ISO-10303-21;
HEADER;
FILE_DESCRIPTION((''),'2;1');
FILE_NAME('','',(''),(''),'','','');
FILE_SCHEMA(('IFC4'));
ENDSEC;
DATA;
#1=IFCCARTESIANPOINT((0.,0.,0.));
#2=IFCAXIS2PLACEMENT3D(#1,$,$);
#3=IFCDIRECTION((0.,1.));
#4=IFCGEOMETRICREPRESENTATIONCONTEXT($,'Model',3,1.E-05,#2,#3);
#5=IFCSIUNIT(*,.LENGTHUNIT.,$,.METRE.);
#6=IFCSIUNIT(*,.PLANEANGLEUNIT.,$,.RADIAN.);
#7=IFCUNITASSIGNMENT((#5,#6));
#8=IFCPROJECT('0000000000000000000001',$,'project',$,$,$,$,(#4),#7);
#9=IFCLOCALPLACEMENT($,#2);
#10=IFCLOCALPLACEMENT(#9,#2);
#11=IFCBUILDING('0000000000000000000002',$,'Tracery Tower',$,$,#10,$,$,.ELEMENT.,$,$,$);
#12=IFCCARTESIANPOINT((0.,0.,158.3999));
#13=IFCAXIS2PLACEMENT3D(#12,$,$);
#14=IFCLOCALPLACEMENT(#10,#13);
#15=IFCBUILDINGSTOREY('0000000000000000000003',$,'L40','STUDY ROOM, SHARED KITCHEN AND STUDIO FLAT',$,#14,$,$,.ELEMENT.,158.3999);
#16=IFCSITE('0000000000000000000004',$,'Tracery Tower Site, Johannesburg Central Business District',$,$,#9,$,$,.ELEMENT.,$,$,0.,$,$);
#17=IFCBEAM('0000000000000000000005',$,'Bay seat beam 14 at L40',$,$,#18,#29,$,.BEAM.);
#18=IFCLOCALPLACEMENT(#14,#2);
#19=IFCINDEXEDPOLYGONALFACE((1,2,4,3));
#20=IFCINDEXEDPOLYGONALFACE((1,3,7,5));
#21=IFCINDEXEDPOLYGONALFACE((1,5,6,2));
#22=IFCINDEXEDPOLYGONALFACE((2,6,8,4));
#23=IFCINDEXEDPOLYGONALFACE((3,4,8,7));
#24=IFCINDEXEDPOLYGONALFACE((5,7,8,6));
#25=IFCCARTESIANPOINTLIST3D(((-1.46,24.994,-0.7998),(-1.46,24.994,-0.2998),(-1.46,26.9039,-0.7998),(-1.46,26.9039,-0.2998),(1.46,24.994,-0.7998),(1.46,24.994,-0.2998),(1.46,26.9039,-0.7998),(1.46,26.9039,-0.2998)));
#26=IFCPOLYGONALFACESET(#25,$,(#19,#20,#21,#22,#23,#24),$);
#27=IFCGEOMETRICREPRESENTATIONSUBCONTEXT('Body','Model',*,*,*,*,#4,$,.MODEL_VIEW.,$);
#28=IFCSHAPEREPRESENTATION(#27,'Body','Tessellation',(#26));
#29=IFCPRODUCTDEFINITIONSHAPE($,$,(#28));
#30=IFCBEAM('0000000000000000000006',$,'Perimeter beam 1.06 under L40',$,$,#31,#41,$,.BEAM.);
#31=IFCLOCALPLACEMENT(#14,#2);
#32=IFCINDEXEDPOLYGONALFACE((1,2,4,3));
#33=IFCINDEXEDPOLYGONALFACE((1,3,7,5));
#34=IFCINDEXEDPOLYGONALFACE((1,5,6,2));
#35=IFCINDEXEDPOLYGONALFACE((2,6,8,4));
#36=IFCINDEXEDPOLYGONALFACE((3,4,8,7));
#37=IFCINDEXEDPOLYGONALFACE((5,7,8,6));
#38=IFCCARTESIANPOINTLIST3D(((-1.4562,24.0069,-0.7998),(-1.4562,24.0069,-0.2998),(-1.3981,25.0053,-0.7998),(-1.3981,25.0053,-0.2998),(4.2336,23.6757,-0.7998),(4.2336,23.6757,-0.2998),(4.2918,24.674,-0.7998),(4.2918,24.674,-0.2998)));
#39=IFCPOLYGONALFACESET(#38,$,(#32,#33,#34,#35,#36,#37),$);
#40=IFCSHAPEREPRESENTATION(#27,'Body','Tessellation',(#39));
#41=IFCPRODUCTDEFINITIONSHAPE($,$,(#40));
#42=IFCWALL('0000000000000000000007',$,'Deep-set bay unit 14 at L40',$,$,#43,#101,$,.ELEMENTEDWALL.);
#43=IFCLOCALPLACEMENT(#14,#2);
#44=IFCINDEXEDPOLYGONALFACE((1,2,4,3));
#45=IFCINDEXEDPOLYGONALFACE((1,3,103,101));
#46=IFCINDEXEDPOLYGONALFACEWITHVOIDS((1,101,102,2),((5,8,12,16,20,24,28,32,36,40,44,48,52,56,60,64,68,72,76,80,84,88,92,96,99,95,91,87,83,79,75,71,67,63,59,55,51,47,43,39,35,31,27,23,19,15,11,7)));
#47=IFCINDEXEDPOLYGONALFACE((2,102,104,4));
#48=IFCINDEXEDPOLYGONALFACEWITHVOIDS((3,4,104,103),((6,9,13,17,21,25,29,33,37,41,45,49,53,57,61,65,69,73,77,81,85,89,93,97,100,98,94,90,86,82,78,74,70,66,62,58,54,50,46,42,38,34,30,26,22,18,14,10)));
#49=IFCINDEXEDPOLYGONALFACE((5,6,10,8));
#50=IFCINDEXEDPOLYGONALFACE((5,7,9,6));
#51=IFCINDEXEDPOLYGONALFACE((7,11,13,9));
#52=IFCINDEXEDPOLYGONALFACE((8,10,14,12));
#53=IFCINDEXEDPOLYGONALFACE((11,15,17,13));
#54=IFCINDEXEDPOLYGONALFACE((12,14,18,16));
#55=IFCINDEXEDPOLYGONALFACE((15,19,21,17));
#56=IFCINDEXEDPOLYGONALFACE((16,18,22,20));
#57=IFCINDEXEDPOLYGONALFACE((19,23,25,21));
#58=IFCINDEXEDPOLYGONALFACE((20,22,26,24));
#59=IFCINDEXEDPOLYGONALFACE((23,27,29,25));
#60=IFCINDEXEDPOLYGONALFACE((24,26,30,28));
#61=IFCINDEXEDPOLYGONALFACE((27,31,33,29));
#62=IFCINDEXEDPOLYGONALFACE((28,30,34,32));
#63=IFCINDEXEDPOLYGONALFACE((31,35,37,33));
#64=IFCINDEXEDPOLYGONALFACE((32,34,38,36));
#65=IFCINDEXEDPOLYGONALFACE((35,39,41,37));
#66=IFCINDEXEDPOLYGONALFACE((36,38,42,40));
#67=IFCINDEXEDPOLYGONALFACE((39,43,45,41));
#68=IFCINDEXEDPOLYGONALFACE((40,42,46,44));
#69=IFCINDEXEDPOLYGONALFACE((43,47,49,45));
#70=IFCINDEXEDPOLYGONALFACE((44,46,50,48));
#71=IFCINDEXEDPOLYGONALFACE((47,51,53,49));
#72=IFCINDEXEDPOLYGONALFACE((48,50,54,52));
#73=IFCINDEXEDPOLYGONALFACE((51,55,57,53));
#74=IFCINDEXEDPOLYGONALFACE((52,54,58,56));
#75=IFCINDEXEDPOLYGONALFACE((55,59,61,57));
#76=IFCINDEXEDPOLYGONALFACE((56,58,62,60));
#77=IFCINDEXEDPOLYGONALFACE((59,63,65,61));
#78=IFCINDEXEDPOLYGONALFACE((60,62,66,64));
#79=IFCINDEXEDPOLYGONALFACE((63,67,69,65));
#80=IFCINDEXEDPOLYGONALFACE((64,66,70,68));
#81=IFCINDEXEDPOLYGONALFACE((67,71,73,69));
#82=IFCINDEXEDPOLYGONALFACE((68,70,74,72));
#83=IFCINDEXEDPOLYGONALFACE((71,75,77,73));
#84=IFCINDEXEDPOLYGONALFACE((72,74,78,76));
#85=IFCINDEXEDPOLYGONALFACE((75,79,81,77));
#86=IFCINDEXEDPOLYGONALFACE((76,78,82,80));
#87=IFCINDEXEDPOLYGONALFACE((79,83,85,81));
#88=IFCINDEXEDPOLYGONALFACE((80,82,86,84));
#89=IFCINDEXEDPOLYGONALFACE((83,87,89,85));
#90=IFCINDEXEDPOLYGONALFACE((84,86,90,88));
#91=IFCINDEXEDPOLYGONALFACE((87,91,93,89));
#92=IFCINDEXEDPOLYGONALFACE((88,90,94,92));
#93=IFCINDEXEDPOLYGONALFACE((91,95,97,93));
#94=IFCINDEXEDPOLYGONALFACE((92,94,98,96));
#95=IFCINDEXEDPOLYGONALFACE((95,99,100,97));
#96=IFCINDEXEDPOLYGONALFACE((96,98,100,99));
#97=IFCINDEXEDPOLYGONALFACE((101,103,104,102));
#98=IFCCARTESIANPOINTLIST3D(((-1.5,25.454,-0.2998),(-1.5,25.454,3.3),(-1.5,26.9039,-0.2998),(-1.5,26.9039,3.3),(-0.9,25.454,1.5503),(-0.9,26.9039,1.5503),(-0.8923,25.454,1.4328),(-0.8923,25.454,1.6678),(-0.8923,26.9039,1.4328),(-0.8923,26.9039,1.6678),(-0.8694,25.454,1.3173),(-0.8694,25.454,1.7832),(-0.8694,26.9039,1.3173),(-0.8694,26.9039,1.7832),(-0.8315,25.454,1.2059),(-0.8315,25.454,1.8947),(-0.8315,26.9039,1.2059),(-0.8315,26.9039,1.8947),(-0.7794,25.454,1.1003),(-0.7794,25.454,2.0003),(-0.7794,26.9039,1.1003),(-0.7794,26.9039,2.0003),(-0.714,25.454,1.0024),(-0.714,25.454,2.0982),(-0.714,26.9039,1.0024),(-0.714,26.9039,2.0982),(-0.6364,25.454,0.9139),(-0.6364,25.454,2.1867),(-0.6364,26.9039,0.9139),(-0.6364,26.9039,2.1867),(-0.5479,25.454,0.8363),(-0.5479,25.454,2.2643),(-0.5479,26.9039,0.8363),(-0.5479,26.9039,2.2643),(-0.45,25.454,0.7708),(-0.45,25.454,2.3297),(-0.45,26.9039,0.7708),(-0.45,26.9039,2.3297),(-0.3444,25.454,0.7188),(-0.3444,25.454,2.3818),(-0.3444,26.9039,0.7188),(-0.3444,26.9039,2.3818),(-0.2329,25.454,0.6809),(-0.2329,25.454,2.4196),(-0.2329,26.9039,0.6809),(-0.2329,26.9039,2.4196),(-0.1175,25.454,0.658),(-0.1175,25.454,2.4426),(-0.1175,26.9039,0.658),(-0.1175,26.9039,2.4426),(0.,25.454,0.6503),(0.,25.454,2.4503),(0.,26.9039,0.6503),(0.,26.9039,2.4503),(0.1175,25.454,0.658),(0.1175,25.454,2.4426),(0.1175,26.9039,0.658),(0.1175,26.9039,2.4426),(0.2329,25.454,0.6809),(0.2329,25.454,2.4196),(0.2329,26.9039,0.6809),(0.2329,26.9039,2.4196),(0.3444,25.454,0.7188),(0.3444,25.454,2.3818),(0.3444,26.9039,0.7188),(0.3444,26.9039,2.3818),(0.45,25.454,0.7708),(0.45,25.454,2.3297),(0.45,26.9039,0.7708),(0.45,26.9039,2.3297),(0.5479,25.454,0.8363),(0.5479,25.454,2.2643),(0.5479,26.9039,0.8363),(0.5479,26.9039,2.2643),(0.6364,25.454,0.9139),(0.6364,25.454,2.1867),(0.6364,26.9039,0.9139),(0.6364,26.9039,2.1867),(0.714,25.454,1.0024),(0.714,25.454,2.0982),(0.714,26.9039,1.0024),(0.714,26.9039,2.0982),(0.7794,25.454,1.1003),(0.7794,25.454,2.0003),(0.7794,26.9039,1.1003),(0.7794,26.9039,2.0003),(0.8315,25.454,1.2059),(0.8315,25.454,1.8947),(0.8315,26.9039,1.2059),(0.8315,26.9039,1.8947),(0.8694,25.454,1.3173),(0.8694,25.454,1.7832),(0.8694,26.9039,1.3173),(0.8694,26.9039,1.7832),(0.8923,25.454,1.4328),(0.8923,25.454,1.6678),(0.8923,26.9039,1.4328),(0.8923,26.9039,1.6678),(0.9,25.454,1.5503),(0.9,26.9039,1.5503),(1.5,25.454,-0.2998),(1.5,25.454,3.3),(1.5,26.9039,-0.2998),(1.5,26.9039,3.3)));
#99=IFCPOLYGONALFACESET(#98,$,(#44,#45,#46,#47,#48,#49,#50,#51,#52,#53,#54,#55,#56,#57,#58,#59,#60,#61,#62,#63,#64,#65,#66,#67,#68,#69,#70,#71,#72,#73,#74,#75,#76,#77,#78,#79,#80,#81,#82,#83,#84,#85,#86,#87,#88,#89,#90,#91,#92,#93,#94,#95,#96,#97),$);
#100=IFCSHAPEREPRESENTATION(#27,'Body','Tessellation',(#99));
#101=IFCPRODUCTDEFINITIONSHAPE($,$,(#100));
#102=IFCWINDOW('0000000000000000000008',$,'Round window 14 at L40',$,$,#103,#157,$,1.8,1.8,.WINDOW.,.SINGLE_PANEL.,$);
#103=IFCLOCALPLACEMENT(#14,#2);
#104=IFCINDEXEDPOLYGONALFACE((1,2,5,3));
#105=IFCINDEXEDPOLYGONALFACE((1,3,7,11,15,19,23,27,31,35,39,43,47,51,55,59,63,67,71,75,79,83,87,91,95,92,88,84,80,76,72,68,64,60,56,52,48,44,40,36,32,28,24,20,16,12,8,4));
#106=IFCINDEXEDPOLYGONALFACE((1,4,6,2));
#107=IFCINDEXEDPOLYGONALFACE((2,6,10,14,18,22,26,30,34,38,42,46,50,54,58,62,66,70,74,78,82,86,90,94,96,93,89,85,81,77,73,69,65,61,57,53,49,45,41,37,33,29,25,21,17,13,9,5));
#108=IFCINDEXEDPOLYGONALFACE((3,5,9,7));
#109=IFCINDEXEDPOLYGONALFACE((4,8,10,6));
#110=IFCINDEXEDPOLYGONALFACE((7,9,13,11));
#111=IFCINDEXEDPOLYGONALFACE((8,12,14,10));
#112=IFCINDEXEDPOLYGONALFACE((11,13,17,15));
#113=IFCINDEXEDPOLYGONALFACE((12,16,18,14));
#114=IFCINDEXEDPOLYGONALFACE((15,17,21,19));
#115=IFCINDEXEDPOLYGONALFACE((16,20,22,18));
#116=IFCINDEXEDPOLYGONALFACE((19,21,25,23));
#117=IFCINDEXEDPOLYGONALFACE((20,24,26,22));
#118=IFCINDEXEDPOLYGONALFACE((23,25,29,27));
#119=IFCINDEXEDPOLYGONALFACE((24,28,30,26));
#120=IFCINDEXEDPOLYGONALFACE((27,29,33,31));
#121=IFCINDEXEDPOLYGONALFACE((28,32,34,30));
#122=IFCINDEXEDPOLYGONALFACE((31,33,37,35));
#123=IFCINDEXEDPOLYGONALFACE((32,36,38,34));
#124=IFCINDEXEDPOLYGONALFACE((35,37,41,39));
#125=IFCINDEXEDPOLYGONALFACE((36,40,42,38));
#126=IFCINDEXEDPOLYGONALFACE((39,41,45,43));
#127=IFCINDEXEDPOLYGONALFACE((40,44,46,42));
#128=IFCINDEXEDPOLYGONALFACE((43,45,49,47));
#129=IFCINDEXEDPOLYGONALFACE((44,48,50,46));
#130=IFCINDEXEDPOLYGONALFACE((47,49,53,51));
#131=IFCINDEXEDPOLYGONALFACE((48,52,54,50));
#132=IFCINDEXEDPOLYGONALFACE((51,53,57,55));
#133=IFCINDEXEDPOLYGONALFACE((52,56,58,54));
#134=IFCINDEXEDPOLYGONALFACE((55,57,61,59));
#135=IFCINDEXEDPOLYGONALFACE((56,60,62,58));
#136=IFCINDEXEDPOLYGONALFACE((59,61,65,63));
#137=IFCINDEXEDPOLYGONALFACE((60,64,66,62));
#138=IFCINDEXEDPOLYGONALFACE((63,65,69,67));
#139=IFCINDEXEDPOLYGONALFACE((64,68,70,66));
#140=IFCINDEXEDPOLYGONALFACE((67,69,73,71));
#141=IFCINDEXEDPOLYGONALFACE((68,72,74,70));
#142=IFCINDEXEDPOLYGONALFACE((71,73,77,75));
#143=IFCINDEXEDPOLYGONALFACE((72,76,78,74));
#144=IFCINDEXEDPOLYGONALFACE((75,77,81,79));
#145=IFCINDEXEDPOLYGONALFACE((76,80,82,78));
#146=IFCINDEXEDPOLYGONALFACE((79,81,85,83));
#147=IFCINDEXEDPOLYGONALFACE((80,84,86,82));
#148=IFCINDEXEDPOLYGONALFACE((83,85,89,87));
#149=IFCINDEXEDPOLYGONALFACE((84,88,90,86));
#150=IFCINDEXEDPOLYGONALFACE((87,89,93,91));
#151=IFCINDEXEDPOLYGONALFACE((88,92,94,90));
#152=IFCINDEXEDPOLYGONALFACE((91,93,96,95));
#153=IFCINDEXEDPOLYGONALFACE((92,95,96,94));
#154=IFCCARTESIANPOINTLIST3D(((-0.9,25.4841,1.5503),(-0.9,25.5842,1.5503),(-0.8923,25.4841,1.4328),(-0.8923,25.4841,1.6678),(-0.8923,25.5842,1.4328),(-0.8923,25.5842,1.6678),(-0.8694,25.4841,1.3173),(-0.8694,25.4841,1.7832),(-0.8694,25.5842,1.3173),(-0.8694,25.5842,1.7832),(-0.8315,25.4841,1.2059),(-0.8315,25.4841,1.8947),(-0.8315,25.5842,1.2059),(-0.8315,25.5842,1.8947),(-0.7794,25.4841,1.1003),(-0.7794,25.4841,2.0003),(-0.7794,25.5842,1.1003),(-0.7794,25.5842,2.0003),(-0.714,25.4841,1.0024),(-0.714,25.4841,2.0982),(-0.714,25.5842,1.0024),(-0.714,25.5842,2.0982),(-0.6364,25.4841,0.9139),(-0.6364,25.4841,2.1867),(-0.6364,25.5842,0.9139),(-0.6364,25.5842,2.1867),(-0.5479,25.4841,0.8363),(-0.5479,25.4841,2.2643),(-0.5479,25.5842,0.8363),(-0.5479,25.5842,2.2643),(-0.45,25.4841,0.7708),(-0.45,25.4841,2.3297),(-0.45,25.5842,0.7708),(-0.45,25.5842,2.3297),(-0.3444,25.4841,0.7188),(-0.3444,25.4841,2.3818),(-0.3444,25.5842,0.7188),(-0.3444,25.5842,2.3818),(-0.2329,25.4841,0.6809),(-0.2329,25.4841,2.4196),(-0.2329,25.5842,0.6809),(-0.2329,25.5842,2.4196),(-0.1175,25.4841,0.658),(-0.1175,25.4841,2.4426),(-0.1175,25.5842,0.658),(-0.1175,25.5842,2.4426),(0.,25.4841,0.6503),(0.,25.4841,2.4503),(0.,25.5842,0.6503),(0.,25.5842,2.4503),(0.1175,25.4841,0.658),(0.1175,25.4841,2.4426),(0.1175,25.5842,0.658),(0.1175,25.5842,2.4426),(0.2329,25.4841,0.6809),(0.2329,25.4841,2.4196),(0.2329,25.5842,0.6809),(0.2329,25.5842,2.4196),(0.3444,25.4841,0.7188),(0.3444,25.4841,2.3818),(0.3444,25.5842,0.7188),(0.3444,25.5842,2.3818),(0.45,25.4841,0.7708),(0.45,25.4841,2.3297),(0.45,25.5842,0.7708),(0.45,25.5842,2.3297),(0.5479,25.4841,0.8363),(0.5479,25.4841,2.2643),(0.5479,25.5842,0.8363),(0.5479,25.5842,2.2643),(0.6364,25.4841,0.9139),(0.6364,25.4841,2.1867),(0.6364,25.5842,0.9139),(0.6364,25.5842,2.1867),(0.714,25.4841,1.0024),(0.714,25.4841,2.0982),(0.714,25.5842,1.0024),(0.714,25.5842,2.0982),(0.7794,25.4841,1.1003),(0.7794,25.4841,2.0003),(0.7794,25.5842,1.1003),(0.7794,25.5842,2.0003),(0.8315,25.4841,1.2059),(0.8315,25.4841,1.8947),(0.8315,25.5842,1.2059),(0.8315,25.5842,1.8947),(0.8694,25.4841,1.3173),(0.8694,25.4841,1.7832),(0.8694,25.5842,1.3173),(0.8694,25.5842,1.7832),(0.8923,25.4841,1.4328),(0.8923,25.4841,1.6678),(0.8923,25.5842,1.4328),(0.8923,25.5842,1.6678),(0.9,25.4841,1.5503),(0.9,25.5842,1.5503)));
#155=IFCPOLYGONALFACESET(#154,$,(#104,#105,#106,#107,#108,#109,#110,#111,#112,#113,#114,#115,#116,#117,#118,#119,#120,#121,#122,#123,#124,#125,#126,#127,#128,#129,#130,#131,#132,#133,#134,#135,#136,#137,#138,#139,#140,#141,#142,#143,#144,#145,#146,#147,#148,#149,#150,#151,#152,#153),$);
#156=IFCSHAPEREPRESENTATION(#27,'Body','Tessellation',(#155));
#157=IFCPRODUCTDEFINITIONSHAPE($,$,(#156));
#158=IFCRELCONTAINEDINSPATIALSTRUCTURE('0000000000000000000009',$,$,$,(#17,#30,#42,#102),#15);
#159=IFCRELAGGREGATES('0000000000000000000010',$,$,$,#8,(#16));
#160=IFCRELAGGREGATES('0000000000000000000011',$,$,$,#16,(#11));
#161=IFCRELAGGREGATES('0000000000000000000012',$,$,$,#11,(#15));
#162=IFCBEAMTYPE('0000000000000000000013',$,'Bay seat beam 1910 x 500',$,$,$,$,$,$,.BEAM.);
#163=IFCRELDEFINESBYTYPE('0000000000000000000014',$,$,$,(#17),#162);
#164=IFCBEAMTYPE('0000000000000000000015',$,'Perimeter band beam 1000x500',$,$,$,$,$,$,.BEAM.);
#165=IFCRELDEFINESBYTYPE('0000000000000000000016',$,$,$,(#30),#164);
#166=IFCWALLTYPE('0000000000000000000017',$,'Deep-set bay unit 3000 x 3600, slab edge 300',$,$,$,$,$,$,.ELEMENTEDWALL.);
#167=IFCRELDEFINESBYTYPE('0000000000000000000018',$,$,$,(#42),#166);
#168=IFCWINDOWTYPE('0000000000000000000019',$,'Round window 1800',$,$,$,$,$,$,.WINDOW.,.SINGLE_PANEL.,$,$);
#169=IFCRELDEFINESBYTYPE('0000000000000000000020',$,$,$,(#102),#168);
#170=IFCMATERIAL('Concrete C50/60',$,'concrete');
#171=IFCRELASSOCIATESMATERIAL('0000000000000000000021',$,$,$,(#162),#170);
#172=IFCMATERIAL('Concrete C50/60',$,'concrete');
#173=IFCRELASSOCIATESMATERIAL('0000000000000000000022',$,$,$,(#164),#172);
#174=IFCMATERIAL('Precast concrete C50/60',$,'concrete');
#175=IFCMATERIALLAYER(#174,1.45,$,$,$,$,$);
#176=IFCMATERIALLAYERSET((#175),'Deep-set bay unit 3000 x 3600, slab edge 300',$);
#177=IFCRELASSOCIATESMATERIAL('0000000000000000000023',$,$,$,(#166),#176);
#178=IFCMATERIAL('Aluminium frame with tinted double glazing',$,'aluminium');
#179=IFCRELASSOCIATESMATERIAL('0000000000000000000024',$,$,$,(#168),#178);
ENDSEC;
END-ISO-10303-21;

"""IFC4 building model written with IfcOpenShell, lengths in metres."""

from ifc_helpers import new_model, si_unit, direction, frame, frame_2d, origin, origin_2d, place, context, subcontext, project, spatial, rectangle, circle, extrude, material, layer, layer_set, material_profile, profile_set, type_object, element, fill, save


model = new_model("IFC4")

# Units and contexts
model_context = context("Model", 3, precision=1e-05, world=origin(), true_north=direction((0.0, 1.0)))
body_context = subcontext(model_context, "Body", "Model", "MODEL_VIEW")
ifc_project = project(units=[si_unit("LENGTHUNIT", "METRE"), si_unit("PLANEANGLEUNIT", "RADIAN")], contexts=[model_context])

# Site, building, storey
site_placement = place(None, origin())
site = spatial("IfcSite", under=ifc_project, at=site_placement, Name="Tracery Tower Site, Johannesburg Central Business District", CompositionType="ELEMENT", RefElevation=0.0)
building_placement = place(site_placement, origin())
building = spatial("IfcBuilding", under=site, at=building_placement, Name="Tracery Tower", CompositionType="ELEMENT")
storey_placement = place(building_placement, frame((0.0, 0.0, 158.3999)))
storey = spatial("IfcBuildingStorey", under=building, at=storey_placement, Name="L40", Description="STUDY ROOM, SHARED KITCHEN AND STUDIO FLAT", CompositionType="ELEMENT", Elevation=158.3999)

# Beams
ifc_material_1 = material(Name="Concrete C50/60", Category="concrete")
ifc_material_profile_1 = material_profile(ifc_material_1, rectangle(XDim=1.9099, YDim=0.5, at=origin_2d()), Name="RC 1910x500")
ifc_profile_set_1 = profile_set([ifc_material_profile_1], Name="Concrete C50/60")
beam_type_1 = type_object("IfcBeamType", Name="Bay seat beam 1910 x 500", PredefinedType="BEAM", material=ifc_profile_set_1)
beam_1_placement = place(storey_placement, frame((1.46, 25.949, -0.5498), z_axis=(-1.0, 0.0, 0.0), x_axis=(0.0, -1.0, 0.0)))
element("IfcBeam", 1, at=beam_1_placement, inside=storey, type_object=beam_type_1, Name="Bay seat beam 14 at L40", PredefinedType="BEAM", context=body_context, shape_type="SweptSolid", body=[
    extrude(rectangle(XDim=1.9099, YDim=0.5, at=origin_2d()), origin(), (0.0, 0.0, 1.0), 2.9199),
])
ifc_material_2 = material(Name="Concrete C50/60", Category="concrete")
ifc_material_profile_2 = material_profile(ifc_material_2, rectangle(XDim=1.0, YDim=0.5, at=origin_2d()), Name="RC 1000x500")
ifc_profile_set_2 = profile_set([ifc_material_profile_2], Name="Concrete C50/60")
beam_type_2 = type_object("IfcBeamType", Name="Perimeter band beam 1000x500", PredefinedType="BEAM", material=ifc_profile_set_2)
beam_2_placement = place(storey_placement, frame((4.2627, 24.1748, -0.5498), z_axis=(-0.998309, 0.058127, 0.0), x_axis=(-0.058127, -0.998309, 0.0)))
element("IfcBeam", 2, at=beam_2_placement, inside=storey, type_object=beam_type_2, Name="Perimeter beam 1.06 under L40", PredefinedType="BEAM", context=body_context, shape_type="SweptSolid", body=[
    extrude(rectangle(XDim=1.0, YDim=0.5, at=origin_2d()), origin(), (0.0, 0.0, 1.0), 5.6995),
])

# Wall, opening, window
ifc_material_3 = material(Name="Precast concrete C50/60", Category="concrete")
ifc_layer_1 = layer(ifc_material_3, 1.45)
ifc_layer_set_1 = layer_set([ifc_layer_1], Name="Deep-set bay unit 3000 x 3600, slab edge 300")
wall_type_1 = type_object("IfcWallType", Name="Deep-set bay unit 3000 x 3600, slab edge 300", PredefinedType="ELEMENTEDWALL", material=ifc_layer_set_1)
wall_1_placement = place(storey_placement, frame((1.5, 26.179, -0.2998), z_axis=(0.0, 0.0, 1.0), x_axis=(-1.0, 0.0, 0.0)))
wall_1 = element("IfcWall", 3, at=wall_1_placement, inside=storey, type_object=wall_type_1, Name="Deep-set bay unit 14 at L40", PredefinedType="ELEMENTEDWALL", context=body_context, shape_type="SweptSolid", body=[
    extrude(rectangle(XDim=3.0, YDim=1.45, at=frame_2d((1.5, 0.0))), origin(), (0.0, 0.0, 1.0), 3.5999),
])
opening_1_placement = place(wall_1_placement, frame((1.5, 0.0, 1.8501)))
opening_1 = element("IfcOpeningElement", 4, at=opening_1_placement, cuts=wall_1, PredefinedType="OPENING", context=body_context, shape_type="SweptSolid", body=[
    extrude(circle(Radius=0.9, at=origin_2d()), frame((0.0, 0.7349, 0.0), z_axis=(0.0, -1.0, 0.0), x_axis=(1.0, 0.0, 0.0)), (0.0, 0.0, 1.0), 1.47),
])
ifc_material_4 = material(Name="Aluminium frame with tinted double glazing", Category="aluminium")
window_type = type_object("IfcWindowType", Name="Round window 1800", PartitioningType="SINGLE_PANEL", PredefinedType="WINDOW", material=ifc_material_4)
window_1_placement = place(opening_1_placement, origin())
window_1 = element("IfcWindow", 5, at=window_1_placement, inside=storey, type_object=window_type, Name="Round window 14 at L40", OverallHeight=1.8, OverallWidth=1.8, PartitioningType="SINGLE_PANEL", PredefinedType="WINDOW", context=body_context, shape_type="SweptSolid", body=[
    extrude(circle(Radius=0.9, at=origin_2d()), frame((0.0, 0.6948, 0.0), z_axis=(0.0, -1.0, 0.0), x_axis=(1.0, 0.0, 0.0)), (0.0, 0.0, 1.0), 0.1001),
])
fill(opening_1, window_1)

save(model, "model.ifc")
